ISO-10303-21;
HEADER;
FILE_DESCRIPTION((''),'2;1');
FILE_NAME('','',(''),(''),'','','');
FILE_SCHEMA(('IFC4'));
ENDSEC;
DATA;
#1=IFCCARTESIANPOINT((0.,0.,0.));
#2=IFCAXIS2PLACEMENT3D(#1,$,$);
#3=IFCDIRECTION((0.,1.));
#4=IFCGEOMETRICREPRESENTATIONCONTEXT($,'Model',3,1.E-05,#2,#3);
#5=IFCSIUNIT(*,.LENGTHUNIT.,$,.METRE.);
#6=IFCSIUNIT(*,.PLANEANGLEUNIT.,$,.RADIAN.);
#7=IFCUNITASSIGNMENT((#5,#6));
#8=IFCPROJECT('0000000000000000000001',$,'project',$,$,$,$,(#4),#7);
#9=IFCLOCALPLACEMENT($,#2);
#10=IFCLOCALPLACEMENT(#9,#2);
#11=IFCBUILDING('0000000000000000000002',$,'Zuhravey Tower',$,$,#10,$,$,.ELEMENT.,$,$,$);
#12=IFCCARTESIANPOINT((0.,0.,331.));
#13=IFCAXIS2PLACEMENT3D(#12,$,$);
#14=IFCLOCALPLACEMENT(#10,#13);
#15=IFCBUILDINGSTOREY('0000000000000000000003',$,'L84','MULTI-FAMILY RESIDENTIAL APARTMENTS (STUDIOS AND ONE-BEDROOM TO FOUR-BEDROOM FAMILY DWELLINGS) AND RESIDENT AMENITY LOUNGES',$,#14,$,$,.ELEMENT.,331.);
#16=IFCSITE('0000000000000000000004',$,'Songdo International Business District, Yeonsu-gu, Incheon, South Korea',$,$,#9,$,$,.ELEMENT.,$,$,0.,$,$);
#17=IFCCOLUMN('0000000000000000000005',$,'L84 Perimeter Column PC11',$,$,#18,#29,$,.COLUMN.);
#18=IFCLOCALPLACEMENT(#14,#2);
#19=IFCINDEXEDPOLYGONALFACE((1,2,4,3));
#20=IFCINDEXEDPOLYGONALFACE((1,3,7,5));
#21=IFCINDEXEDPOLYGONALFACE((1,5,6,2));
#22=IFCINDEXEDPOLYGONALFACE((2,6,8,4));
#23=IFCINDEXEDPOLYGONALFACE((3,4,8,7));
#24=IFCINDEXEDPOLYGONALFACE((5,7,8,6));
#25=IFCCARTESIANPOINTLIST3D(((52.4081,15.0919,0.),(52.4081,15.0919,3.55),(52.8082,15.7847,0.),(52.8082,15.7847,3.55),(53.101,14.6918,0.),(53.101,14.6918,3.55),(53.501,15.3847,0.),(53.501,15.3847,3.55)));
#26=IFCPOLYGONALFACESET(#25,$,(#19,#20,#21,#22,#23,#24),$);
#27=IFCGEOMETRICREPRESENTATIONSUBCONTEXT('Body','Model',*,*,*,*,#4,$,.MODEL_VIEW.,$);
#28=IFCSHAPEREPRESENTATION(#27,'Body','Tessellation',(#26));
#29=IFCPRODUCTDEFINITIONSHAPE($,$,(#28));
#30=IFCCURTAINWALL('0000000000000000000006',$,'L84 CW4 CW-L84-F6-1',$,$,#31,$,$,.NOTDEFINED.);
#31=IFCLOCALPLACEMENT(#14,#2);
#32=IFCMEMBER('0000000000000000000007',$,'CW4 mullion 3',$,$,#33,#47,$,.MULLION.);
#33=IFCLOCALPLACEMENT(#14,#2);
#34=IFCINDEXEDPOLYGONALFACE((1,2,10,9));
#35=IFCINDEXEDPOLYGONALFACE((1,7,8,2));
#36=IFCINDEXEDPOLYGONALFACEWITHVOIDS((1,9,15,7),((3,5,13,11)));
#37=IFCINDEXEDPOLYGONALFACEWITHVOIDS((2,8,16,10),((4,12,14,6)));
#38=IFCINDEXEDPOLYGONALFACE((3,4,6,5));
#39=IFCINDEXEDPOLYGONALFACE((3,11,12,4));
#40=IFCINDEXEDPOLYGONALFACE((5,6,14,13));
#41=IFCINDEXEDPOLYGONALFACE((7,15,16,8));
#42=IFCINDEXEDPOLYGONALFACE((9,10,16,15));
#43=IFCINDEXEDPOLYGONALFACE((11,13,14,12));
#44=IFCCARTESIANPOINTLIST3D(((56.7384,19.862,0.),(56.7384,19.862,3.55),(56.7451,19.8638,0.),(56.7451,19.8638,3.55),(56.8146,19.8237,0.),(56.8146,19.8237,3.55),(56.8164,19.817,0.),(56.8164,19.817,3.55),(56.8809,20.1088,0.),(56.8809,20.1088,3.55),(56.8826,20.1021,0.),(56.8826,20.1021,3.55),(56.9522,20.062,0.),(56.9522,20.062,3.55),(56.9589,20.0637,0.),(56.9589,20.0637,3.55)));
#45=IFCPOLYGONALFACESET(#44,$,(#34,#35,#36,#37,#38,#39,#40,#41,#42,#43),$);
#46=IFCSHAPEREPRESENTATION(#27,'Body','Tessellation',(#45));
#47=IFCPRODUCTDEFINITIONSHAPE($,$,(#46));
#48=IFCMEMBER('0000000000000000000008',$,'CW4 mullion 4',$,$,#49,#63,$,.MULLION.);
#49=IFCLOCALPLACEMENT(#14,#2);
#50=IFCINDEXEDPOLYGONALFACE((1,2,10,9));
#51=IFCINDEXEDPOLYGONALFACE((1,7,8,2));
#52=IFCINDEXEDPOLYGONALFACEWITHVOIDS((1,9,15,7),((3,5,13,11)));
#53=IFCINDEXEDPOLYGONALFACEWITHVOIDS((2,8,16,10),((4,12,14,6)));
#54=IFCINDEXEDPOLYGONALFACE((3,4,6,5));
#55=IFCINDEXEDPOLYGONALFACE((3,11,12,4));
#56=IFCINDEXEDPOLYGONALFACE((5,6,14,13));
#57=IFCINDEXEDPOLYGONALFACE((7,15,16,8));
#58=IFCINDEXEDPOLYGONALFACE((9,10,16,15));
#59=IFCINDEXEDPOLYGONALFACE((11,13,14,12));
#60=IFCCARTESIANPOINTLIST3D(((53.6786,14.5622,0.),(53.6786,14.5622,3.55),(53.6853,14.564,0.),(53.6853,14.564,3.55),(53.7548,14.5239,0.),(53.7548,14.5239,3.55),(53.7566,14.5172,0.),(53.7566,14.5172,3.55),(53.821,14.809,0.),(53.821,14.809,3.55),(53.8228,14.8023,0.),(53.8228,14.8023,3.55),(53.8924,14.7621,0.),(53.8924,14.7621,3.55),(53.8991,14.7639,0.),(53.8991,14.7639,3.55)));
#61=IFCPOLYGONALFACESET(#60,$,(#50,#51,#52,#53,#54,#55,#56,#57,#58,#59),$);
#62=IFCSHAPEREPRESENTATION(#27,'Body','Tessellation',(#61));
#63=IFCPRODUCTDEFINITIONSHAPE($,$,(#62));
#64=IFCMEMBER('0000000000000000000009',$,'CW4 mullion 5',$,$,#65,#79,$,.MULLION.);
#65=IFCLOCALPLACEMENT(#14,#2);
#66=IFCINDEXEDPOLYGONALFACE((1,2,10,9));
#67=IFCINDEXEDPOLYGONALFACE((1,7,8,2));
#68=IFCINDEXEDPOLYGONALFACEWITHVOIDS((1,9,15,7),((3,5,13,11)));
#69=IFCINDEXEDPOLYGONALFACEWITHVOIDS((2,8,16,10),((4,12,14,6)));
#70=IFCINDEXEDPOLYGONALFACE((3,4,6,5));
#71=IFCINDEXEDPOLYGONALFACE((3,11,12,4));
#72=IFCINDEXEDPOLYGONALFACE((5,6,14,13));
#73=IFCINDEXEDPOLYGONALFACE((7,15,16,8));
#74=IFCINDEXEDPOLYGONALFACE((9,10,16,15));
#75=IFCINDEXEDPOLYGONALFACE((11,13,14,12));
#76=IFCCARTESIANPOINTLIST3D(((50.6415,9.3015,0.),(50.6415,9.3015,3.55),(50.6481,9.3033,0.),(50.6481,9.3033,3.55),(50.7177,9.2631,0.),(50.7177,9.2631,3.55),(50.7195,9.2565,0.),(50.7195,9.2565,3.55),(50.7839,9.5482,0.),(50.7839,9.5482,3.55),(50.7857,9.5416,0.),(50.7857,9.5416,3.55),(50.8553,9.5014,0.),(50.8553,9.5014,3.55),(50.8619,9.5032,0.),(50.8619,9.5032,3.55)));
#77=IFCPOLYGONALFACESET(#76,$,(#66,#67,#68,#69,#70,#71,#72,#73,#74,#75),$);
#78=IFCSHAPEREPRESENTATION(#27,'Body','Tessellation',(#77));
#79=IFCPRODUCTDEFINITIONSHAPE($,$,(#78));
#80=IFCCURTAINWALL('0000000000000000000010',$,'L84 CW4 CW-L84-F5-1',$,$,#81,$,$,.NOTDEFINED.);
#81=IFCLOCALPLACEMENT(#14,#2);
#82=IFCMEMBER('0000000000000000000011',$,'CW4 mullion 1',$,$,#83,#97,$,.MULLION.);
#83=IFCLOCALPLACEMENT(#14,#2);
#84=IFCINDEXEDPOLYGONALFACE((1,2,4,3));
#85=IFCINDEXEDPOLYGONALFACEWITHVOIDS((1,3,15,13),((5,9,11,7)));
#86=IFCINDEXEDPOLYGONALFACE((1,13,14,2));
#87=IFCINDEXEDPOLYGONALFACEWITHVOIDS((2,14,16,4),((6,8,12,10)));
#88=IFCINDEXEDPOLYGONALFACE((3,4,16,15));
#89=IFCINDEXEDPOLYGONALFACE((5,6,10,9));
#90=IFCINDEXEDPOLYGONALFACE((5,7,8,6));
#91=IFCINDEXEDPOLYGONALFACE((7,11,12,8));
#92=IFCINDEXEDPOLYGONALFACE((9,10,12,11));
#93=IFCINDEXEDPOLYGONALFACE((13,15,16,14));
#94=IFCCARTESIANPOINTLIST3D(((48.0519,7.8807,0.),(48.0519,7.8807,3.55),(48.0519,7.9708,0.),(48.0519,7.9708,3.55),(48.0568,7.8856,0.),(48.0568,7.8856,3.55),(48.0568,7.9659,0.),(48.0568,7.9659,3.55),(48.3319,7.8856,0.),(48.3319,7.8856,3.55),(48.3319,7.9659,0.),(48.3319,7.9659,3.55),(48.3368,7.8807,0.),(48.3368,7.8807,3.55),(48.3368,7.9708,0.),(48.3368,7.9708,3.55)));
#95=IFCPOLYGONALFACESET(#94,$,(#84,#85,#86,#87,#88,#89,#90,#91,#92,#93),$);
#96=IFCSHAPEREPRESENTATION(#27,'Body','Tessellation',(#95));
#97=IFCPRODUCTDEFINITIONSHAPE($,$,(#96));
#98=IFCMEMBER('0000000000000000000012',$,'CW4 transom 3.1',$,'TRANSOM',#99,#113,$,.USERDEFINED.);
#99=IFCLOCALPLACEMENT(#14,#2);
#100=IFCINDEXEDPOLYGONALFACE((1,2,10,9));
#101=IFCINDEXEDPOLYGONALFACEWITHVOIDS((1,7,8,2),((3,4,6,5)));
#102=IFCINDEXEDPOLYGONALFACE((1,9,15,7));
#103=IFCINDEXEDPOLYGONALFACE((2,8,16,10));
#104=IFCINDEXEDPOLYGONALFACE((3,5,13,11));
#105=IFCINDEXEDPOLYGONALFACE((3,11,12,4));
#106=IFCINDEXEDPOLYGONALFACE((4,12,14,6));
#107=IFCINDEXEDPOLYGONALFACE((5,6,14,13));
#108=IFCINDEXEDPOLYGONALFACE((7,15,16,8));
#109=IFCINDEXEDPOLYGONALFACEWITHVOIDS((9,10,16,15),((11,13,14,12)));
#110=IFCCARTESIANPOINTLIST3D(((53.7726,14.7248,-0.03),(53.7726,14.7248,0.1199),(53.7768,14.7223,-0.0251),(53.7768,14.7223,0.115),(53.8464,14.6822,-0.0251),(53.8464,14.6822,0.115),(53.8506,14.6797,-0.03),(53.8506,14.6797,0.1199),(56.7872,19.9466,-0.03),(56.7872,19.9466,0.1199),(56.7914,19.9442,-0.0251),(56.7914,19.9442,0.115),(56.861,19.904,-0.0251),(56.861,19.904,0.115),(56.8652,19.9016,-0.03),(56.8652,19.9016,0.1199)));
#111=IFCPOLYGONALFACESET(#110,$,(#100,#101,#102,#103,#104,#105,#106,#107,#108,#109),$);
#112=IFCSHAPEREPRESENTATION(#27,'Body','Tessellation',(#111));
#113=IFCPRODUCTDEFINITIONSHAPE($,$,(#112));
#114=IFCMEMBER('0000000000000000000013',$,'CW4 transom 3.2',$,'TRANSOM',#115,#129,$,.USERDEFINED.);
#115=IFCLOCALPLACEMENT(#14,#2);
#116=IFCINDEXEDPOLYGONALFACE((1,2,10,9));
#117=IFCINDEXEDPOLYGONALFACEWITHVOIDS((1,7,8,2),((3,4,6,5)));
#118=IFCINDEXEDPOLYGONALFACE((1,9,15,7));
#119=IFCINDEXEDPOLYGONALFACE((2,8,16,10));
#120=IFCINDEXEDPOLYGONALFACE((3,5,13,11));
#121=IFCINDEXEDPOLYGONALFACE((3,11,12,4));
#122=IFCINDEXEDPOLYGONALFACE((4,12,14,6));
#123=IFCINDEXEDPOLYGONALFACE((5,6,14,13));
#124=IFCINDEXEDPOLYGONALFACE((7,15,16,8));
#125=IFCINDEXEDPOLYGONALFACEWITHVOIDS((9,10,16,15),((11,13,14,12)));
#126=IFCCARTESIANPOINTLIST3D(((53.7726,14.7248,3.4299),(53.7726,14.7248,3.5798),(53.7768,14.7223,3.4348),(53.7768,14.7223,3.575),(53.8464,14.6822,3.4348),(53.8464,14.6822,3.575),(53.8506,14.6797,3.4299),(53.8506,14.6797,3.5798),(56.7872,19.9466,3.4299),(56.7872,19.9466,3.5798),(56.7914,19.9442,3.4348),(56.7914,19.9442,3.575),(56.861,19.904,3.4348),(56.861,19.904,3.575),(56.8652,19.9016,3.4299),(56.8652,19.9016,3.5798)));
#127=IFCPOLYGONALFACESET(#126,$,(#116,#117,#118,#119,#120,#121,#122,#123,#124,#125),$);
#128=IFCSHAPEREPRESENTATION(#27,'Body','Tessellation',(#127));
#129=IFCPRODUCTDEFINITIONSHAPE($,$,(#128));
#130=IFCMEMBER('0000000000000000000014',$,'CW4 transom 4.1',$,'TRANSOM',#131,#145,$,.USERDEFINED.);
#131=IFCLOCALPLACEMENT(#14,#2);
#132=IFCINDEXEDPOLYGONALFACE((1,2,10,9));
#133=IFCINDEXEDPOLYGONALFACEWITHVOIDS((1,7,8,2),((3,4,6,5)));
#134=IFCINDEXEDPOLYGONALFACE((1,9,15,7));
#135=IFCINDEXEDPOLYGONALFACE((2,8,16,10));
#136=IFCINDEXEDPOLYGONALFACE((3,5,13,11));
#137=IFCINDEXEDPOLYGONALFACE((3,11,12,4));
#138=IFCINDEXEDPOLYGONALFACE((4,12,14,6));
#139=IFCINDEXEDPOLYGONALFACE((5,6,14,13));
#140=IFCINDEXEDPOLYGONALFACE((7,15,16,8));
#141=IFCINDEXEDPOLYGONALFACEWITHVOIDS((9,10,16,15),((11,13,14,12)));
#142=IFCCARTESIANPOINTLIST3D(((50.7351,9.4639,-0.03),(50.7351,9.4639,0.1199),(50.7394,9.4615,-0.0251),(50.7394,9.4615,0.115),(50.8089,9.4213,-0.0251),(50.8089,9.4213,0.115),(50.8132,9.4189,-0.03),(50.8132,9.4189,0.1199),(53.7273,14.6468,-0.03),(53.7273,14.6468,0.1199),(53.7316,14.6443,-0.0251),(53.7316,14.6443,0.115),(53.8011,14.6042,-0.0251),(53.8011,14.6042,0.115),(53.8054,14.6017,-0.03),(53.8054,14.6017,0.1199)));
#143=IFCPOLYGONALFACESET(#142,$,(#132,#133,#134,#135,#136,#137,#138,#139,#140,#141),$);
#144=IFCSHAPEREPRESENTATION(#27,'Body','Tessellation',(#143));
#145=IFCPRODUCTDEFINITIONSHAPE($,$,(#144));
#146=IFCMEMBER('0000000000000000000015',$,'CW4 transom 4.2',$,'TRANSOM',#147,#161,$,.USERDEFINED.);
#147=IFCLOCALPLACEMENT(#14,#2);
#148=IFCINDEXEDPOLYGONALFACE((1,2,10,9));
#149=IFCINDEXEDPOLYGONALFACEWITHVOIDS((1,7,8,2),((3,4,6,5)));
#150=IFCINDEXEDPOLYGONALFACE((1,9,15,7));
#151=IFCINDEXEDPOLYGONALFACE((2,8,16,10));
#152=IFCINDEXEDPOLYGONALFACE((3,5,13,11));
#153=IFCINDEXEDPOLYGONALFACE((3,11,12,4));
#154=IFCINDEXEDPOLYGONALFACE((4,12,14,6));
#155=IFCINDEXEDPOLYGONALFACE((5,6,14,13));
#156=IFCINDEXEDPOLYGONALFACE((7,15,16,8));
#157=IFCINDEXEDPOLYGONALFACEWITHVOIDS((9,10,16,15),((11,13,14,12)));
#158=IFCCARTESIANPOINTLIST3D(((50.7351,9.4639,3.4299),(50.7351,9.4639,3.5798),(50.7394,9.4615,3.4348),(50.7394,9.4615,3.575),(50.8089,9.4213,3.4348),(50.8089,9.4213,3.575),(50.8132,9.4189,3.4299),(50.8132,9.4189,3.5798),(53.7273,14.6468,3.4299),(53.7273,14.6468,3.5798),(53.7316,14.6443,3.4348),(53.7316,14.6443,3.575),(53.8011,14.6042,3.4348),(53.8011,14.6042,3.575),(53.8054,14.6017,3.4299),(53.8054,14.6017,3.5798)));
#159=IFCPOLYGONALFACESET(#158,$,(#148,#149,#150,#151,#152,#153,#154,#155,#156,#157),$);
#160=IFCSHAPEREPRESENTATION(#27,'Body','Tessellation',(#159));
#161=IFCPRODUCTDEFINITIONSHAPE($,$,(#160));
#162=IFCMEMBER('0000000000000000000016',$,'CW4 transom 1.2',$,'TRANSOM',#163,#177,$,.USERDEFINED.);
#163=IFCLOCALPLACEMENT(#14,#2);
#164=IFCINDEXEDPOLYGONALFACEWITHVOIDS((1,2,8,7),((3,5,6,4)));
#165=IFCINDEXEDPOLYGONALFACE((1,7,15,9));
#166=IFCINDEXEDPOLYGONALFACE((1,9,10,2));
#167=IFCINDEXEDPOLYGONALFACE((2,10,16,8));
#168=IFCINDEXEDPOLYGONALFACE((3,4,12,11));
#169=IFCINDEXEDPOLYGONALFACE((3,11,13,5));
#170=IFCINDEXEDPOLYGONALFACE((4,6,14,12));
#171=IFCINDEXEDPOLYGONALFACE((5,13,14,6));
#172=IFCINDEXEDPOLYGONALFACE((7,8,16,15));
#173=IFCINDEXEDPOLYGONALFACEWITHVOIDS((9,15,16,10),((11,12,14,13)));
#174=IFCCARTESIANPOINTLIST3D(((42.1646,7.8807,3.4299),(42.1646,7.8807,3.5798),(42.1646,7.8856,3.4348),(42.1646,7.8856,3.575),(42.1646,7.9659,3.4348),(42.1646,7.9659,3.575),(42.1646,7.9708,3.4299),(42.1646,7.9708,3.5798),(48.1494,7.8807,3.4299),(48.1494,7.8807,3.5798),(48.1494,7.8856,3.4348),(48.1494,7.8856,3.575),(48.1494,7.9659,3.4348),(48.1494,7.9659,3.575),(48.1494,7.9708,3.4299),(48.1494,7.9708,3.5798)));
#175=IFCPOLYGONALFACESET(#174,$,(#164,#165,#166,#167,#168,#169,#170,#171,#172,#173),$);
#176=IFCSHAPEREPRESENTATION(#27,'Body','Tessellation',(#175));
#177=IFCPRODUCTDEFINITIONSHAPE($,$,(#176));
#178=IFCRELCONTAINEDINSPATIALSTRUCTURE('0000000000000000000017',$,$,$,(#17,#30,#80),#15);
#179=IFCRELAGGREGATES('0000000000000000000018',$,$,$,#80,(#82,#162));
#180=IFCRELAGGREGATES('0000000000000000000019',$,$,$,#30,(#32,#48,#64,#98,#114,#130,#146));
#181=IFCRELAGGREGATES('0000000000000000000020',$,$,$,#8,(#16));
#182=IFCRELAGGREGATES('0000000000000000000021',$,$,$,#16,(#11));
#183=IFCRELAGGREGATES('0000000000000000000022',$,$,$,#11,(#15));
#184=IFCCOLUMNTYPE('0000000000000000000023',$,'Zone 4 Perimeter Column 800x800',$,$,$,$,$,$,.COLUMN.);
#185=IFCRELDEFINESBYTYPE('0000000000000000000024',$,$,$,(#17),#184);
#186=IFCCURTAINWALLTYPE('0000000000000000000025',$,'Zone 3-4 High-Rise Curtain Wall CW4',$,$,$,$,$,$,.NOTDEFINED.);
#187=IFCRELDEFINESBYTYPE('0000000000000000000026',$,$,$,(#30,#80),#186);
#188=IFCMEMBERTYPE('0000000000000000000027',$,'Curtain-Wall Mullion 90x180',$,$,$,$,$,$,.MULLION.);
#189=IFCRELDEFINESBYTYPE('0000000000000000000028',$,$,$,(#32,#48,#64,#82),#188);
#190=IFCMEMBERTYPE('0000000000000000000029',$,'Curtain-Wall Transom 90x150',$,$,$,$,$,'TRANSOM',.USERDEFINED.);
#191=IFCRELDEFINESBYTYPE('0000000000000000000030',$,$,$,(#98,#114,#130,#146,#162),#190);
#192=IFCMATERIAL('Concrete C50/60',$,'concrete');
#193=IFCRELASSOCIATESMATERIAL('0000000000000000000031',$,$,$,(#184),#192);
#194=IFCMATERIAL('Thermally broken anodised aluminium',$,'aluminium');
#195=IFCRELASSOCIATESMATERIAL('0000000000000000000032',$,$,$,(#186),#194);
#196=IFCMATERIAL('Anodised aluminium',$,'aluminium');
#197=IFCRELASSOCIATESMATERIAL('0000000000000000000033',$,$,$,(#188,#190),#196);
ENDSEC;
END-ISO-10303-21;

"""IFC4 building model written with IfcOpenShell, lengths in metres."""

from ifc_helpers import new_model, si_unit, direction, frame, origin, origin_2d, place, context, subcontext, project, spatial, rectangle, hollow_rectangle, extrude, material, material_profile, profile_set, type_object, element, aggregate, save


model = new_model("IFC4")

# Units and contexts
model_context = context("Model", 3, precision=1e-05, world=origin(), true_north=direction((0.0, 1.0)))
body_context = subcontext(model_context, "Body", "Model", "MODEL_VIEW")
ifc_project = project(units=[si_unit("LENGTHUNIT", "METRE"), si_unit("PLANEANGLEUNIT", "RADIAN")], contexts=[model_context])

# Site, building, storey
site_placement = place(None, origin())
site = spatial("IfcSite", under=ifc_project, at=site_placement, Name="Songdo International Business District, Yeonsu-gu, Incheon, South Korea", CompositionType="ELEMENT", RefElevation=0.0)
building_placement = place(site_placement, origin())
building = spatial("IfcBuilding", under=site, at=building_placement, Name="Zuhravey Tower", CompositionType="ELEMENT")
storey_placement = place(building_placement, frame((0.0, 0.0, 331.0)))
storey = spatial("IfcBuildingStorey", under=building, at=storey_placement, Name="L84", Description="MULTI-FAMILY RESIDENTIAL APARTMENTS (STUDIOS AND ONE-BEDROOM TO FOUR-BEDROOM FAMILY DWELLINGS) AND RESIDENT AMENITY LOUNGES", CompositionType="ELEMENT", Elevation=331.0)

# Column
ifc_material_1 = material(Name="Concrete C50/60", Category="concrete")
ifc_material_profile_1 = material_profile(ifc_material_1, rectangle(XDim=0.8, YDim=0.8, at=origin_2d()), Name="RC-800x800")
ifc_profile_set_1 = profile_set([ifc_material_profile_1], Name="Concrete C50/60")
column_type = type_object("IfcColumnType", Name="Zone 4 Perimeter Column 800x800", PredefinedType="COLUMN", material=ifc_profile_set_1)
column_placement = place(storey_placement, frame((52.9546, 15.2383, 0.0), z_axis=(0.0, 0.0, 1.0), x_axis=(0.5, 0.866025, 0.0)))
element("IfcColumn", 1, at=column_placement, inside=storey, type_object=column_type, Name="L84 Perimeter Column PC11", PredefinedType="COLUMN", context=body_context, shape_type="SweptSolid", body=[
    extrude(rectangle(XDim=0.8, YDim=0.8, at=origin_2d()), origin(), (0.0, 0.0, 1.0), 3.55),
])

# Curtain wall, members
ifc_material_2 = material(Name="Thermally broken anodised aluminium", Category="aluminium")
curtain_wall_type = type_object("IfcCurtainWallType", Name="Zone 3-4 High-Rise Curtain Wall CW4", PredefinedType="NOTDEFINED", material=ifc_material_2)
curtain_wall_1_placement = place(storey_placement, origin())
curtain_wall_1 = element("IfcCurtainWall", 2, at=curtain_wall_1_placement, inside=storey, type_object=curtain_wall_type, Name="L84 CW4 CW-L84-F6-1", PredefinedType="NOTDEFINED")
ifc_material_3 = material(Name="Anodised aluminium", Category="aluminium")
ifc_material_profile_2 = material_profile(ifc_material_3, hollow_rectangle(XDim=0.0901, YDim=0.2849, WallThickness=0.0049, at=origin_2d()), Name="ALU-RHS-90x285x5")
ifc_profile_set_2 = profile_set([ifc_material_profile_2], Name="Anodised aluminium")
member_type_1 = type_object("IfcMemberType", Name="Curtain-Wall Mullion 90x180", PredefinedType="MULLION", material=ifc_profile_set_2)
member_1_placement = place(storey_placement, frame((56.8486, 19.9629, 0.0), z_axis=(0.0, 0.0, 1.0), x_axis=(0.866026, -0.5, 0.0)))
member_1 = element("IfcMember", 3, at=member_1_placement, type_object=member_type_1, Name="CW4 mullion 3", PredefinedType="MULLION", context=body_context, shape_type="SweptSolid", body=[
    extrude(hollow_rectangle(XDim=0.0901, YDim=0.2849, WallThickness=0.0049, at=origin_2d()), origin(), (0.0, 0.0, 1.0), 3.55),
])
member_2_placement = place(storey_placement, frame((53.7888, 14.6631, 0.0), z_axis=(0.0, 0.0, 1.0), x_axis=(0.866026, -0.5, 0.0)))
member_2 = element("IfcMember", 4, at=member_2_placement, type_object=member_type_1, Name="CW4 mullion 4", PredefinedType="MULLION", context=body_context, shape_type="SweptSolid", body=[
    extrude(hollow_rectangle(XDim=0.0901, YDim=0.2849, WallThickness=0.0049, at=origin_2d()), origin(), (0.0, 0.0, 1.0), 3.55),
])
member_3_placement = place(storey_placement, frame((50.7517, 9.4023, 0.0), z_axis=(0.0, 0.0, 1.0), x_axis=(0.866026, -0.5, 0.0)))
member_3 = element("IfcMember", 5, at=member_3_placement, type_object=member_type_1, Name="CW4 mullion 5", PredefinedType="MULLION", context=body_context, shape_type="SweptSolid", body=[
    extrude(hollow_rectangle(XDim=0.0901, YDim=0.2849, WallThickness=0.0049, at=origin_2d()), origin(), (0.0, 0.0, 1.0), 3.55),
])

# Curtain wall, member
curtain_wall_2_placement = place(storey_placement, origin())
curtain_wall_2 = element("IfcCurtainWall", 6, at=curtain_wall_2_placement, inside=storey, type_object=curtain_wall_type, Name="L84 CW4 CW-L84-F5-1", PredefinedType="NOTDEFINED")
member_4_placement = place(storey_placement, frame((48.1943, 7.9258, 0.0), z_axis=(0.0, 0.0, 1.0), x_axis=(0.0, -1.0, 0.0)))
member_4 = element("IfcMember", 7, at=member_4_placement, type_object=member_type_1, Name="CW4 mullion 1", PredefinedType="MULLION", context=body_context, shape_type="SweptSolid", body=[
    extrude(hollow_rectangle(XDim=0.0901, YDim=0.2849, WallThickness=0.0049, at=origin_2d()), origin(), (0.0, 0.0, 1.0), 3.55),
])

# Members
ifc_material_profile_3 = material_profile(ifc_material_3, hollow_rectangle(XDim=0.0901, YDim=0.1499, WallThickness=0.0049, at=origin_2d()), Name="ALU-RHS-90x150x5")
ifc_profile_set_3 = profile_set([ifc_material_profile_3], Name="Anodised aluminium")
member_type_2 = type_object("IfcMemberType", Name="Curtain-Wall Transom 90x150", ElementType="TRANSOM", PredefinedType="USERDEFINED", material=ifc_profile_set_3)
member_5_placement = place(storey_placement, frame((56.8262, 19.9241, 0.0449), z_axis=(-0.499971, -0.866042, 0.0), x_axis=(0.866042, -0.499971, 0.0)))
member_5 = element("IfcMember", 8, at=member_5_placement, type_object=member_type_2, Name="CW4 transom 3.1", ObjectType="TRANSOM", PredefinedType="USERDEFINED", context=body_context, shape_type="SweptSolid", body=[
    extrude(hollow_rectangle(XDim=0.0901, YDim=0.1499, WallThickness=0.0049, at=origin_2d()), origin(), (0.0, 0.0, 1.0), 6.0295),
])
member_6_placement = place(storey_placement, frame((56.8262, 19.9241, 3.5049), z_axis=(-0.499971, -0.866042, 0.0), x_axis=(0.866042, -0.499971, 0.0)))
member_6 = element("IfcMember", 9, at=member_6_placement, type_object=member_type_2, Name="CW4 transom 3.2", ObjectType="TRANSOM", PredefinedType="USERDEFINED", context=body_context, shape_type="SweptSolid", body=[
    extrude(hollow_rectangle(XDim=0.0901, YDim=0.1499, WallThickness=0.0049, at=origin_2d()), origin(), (0.0, 0.0, 1.0), 6.0295),
])
member_7_placement = place(storey_placement, frame((53.7664, 14.6243, 0.0449), z_axis=(-0.499983, -0.866035, 0.0), x_axis=(0.866035, -0.499983, 0.0)))
member_7 = element("IfcMember", 10, at=member_7_placement, type_object=member_type_2, Name="CW4 transom 4.1", ObjectType="TRANSOM", PredefinedType="USERDEFINED", context=body_context, shape_type="SweptSolid", body=[
    extrude(hollow_rectangle(XDim=0.0901, YDim=0.1499, WallThickness=0.0049, at=origin_2d()), origin(), (0.0, 0.0, 1.0), 5.9846),
])
member_8_placement = place(storey_placement, frame((53.7664, 14.6243, 3.5049), z_axis=(-0.499983, -0.866035, 0.0), x_axis=(0.866035, -0.499983, 0.0)))
member_8 = element("IfcMember", 11, at=member_8_placement, type_object=member_type_2, Name="CW4 transom 4.2", ObjectType="TRANSOM", PredefinedType="USERDEFINED", context=body_context, shape_type="SweptSolid", body=[
    extrude(hollow_rectangle(XDim=0.0901, YDim=0.1499, WallThickness=0.0049, at=origin_2d()), origin(), (0.0, 0.0, 1.0), 5.9846),
])
member_9_placement = place(storey_placement, frame((48.1494, 7.9258, 3.5049), z_axis=(-1.0, 0.0, 0.0), x_axis=(0.0, -1.0, 0.0)))
member_9 = element("IfcMember", 12, at=member_9_placement, type_object=member_type_2, Name="CW4 transom 1.2", ObjectType="TRANSOM", PredefinedType="USERDEFINED", context=body_context, shape_type="SweptSolid", body=[
    extrude(hollow_rectangle(XDim=0.0901, YDim=0.1499, WallThickness=0.0049, at=origin_2d()), origin(), (0.0, 0.0, 1.0), 5.9849),
])
aggregate(curtain_wall_2, [member_4, member_9])

aggregate(curtain_wall_1, [member_1, member_2, member_3, member_5, member_6, member_7, member_8])

save(model, "model.ifc")
